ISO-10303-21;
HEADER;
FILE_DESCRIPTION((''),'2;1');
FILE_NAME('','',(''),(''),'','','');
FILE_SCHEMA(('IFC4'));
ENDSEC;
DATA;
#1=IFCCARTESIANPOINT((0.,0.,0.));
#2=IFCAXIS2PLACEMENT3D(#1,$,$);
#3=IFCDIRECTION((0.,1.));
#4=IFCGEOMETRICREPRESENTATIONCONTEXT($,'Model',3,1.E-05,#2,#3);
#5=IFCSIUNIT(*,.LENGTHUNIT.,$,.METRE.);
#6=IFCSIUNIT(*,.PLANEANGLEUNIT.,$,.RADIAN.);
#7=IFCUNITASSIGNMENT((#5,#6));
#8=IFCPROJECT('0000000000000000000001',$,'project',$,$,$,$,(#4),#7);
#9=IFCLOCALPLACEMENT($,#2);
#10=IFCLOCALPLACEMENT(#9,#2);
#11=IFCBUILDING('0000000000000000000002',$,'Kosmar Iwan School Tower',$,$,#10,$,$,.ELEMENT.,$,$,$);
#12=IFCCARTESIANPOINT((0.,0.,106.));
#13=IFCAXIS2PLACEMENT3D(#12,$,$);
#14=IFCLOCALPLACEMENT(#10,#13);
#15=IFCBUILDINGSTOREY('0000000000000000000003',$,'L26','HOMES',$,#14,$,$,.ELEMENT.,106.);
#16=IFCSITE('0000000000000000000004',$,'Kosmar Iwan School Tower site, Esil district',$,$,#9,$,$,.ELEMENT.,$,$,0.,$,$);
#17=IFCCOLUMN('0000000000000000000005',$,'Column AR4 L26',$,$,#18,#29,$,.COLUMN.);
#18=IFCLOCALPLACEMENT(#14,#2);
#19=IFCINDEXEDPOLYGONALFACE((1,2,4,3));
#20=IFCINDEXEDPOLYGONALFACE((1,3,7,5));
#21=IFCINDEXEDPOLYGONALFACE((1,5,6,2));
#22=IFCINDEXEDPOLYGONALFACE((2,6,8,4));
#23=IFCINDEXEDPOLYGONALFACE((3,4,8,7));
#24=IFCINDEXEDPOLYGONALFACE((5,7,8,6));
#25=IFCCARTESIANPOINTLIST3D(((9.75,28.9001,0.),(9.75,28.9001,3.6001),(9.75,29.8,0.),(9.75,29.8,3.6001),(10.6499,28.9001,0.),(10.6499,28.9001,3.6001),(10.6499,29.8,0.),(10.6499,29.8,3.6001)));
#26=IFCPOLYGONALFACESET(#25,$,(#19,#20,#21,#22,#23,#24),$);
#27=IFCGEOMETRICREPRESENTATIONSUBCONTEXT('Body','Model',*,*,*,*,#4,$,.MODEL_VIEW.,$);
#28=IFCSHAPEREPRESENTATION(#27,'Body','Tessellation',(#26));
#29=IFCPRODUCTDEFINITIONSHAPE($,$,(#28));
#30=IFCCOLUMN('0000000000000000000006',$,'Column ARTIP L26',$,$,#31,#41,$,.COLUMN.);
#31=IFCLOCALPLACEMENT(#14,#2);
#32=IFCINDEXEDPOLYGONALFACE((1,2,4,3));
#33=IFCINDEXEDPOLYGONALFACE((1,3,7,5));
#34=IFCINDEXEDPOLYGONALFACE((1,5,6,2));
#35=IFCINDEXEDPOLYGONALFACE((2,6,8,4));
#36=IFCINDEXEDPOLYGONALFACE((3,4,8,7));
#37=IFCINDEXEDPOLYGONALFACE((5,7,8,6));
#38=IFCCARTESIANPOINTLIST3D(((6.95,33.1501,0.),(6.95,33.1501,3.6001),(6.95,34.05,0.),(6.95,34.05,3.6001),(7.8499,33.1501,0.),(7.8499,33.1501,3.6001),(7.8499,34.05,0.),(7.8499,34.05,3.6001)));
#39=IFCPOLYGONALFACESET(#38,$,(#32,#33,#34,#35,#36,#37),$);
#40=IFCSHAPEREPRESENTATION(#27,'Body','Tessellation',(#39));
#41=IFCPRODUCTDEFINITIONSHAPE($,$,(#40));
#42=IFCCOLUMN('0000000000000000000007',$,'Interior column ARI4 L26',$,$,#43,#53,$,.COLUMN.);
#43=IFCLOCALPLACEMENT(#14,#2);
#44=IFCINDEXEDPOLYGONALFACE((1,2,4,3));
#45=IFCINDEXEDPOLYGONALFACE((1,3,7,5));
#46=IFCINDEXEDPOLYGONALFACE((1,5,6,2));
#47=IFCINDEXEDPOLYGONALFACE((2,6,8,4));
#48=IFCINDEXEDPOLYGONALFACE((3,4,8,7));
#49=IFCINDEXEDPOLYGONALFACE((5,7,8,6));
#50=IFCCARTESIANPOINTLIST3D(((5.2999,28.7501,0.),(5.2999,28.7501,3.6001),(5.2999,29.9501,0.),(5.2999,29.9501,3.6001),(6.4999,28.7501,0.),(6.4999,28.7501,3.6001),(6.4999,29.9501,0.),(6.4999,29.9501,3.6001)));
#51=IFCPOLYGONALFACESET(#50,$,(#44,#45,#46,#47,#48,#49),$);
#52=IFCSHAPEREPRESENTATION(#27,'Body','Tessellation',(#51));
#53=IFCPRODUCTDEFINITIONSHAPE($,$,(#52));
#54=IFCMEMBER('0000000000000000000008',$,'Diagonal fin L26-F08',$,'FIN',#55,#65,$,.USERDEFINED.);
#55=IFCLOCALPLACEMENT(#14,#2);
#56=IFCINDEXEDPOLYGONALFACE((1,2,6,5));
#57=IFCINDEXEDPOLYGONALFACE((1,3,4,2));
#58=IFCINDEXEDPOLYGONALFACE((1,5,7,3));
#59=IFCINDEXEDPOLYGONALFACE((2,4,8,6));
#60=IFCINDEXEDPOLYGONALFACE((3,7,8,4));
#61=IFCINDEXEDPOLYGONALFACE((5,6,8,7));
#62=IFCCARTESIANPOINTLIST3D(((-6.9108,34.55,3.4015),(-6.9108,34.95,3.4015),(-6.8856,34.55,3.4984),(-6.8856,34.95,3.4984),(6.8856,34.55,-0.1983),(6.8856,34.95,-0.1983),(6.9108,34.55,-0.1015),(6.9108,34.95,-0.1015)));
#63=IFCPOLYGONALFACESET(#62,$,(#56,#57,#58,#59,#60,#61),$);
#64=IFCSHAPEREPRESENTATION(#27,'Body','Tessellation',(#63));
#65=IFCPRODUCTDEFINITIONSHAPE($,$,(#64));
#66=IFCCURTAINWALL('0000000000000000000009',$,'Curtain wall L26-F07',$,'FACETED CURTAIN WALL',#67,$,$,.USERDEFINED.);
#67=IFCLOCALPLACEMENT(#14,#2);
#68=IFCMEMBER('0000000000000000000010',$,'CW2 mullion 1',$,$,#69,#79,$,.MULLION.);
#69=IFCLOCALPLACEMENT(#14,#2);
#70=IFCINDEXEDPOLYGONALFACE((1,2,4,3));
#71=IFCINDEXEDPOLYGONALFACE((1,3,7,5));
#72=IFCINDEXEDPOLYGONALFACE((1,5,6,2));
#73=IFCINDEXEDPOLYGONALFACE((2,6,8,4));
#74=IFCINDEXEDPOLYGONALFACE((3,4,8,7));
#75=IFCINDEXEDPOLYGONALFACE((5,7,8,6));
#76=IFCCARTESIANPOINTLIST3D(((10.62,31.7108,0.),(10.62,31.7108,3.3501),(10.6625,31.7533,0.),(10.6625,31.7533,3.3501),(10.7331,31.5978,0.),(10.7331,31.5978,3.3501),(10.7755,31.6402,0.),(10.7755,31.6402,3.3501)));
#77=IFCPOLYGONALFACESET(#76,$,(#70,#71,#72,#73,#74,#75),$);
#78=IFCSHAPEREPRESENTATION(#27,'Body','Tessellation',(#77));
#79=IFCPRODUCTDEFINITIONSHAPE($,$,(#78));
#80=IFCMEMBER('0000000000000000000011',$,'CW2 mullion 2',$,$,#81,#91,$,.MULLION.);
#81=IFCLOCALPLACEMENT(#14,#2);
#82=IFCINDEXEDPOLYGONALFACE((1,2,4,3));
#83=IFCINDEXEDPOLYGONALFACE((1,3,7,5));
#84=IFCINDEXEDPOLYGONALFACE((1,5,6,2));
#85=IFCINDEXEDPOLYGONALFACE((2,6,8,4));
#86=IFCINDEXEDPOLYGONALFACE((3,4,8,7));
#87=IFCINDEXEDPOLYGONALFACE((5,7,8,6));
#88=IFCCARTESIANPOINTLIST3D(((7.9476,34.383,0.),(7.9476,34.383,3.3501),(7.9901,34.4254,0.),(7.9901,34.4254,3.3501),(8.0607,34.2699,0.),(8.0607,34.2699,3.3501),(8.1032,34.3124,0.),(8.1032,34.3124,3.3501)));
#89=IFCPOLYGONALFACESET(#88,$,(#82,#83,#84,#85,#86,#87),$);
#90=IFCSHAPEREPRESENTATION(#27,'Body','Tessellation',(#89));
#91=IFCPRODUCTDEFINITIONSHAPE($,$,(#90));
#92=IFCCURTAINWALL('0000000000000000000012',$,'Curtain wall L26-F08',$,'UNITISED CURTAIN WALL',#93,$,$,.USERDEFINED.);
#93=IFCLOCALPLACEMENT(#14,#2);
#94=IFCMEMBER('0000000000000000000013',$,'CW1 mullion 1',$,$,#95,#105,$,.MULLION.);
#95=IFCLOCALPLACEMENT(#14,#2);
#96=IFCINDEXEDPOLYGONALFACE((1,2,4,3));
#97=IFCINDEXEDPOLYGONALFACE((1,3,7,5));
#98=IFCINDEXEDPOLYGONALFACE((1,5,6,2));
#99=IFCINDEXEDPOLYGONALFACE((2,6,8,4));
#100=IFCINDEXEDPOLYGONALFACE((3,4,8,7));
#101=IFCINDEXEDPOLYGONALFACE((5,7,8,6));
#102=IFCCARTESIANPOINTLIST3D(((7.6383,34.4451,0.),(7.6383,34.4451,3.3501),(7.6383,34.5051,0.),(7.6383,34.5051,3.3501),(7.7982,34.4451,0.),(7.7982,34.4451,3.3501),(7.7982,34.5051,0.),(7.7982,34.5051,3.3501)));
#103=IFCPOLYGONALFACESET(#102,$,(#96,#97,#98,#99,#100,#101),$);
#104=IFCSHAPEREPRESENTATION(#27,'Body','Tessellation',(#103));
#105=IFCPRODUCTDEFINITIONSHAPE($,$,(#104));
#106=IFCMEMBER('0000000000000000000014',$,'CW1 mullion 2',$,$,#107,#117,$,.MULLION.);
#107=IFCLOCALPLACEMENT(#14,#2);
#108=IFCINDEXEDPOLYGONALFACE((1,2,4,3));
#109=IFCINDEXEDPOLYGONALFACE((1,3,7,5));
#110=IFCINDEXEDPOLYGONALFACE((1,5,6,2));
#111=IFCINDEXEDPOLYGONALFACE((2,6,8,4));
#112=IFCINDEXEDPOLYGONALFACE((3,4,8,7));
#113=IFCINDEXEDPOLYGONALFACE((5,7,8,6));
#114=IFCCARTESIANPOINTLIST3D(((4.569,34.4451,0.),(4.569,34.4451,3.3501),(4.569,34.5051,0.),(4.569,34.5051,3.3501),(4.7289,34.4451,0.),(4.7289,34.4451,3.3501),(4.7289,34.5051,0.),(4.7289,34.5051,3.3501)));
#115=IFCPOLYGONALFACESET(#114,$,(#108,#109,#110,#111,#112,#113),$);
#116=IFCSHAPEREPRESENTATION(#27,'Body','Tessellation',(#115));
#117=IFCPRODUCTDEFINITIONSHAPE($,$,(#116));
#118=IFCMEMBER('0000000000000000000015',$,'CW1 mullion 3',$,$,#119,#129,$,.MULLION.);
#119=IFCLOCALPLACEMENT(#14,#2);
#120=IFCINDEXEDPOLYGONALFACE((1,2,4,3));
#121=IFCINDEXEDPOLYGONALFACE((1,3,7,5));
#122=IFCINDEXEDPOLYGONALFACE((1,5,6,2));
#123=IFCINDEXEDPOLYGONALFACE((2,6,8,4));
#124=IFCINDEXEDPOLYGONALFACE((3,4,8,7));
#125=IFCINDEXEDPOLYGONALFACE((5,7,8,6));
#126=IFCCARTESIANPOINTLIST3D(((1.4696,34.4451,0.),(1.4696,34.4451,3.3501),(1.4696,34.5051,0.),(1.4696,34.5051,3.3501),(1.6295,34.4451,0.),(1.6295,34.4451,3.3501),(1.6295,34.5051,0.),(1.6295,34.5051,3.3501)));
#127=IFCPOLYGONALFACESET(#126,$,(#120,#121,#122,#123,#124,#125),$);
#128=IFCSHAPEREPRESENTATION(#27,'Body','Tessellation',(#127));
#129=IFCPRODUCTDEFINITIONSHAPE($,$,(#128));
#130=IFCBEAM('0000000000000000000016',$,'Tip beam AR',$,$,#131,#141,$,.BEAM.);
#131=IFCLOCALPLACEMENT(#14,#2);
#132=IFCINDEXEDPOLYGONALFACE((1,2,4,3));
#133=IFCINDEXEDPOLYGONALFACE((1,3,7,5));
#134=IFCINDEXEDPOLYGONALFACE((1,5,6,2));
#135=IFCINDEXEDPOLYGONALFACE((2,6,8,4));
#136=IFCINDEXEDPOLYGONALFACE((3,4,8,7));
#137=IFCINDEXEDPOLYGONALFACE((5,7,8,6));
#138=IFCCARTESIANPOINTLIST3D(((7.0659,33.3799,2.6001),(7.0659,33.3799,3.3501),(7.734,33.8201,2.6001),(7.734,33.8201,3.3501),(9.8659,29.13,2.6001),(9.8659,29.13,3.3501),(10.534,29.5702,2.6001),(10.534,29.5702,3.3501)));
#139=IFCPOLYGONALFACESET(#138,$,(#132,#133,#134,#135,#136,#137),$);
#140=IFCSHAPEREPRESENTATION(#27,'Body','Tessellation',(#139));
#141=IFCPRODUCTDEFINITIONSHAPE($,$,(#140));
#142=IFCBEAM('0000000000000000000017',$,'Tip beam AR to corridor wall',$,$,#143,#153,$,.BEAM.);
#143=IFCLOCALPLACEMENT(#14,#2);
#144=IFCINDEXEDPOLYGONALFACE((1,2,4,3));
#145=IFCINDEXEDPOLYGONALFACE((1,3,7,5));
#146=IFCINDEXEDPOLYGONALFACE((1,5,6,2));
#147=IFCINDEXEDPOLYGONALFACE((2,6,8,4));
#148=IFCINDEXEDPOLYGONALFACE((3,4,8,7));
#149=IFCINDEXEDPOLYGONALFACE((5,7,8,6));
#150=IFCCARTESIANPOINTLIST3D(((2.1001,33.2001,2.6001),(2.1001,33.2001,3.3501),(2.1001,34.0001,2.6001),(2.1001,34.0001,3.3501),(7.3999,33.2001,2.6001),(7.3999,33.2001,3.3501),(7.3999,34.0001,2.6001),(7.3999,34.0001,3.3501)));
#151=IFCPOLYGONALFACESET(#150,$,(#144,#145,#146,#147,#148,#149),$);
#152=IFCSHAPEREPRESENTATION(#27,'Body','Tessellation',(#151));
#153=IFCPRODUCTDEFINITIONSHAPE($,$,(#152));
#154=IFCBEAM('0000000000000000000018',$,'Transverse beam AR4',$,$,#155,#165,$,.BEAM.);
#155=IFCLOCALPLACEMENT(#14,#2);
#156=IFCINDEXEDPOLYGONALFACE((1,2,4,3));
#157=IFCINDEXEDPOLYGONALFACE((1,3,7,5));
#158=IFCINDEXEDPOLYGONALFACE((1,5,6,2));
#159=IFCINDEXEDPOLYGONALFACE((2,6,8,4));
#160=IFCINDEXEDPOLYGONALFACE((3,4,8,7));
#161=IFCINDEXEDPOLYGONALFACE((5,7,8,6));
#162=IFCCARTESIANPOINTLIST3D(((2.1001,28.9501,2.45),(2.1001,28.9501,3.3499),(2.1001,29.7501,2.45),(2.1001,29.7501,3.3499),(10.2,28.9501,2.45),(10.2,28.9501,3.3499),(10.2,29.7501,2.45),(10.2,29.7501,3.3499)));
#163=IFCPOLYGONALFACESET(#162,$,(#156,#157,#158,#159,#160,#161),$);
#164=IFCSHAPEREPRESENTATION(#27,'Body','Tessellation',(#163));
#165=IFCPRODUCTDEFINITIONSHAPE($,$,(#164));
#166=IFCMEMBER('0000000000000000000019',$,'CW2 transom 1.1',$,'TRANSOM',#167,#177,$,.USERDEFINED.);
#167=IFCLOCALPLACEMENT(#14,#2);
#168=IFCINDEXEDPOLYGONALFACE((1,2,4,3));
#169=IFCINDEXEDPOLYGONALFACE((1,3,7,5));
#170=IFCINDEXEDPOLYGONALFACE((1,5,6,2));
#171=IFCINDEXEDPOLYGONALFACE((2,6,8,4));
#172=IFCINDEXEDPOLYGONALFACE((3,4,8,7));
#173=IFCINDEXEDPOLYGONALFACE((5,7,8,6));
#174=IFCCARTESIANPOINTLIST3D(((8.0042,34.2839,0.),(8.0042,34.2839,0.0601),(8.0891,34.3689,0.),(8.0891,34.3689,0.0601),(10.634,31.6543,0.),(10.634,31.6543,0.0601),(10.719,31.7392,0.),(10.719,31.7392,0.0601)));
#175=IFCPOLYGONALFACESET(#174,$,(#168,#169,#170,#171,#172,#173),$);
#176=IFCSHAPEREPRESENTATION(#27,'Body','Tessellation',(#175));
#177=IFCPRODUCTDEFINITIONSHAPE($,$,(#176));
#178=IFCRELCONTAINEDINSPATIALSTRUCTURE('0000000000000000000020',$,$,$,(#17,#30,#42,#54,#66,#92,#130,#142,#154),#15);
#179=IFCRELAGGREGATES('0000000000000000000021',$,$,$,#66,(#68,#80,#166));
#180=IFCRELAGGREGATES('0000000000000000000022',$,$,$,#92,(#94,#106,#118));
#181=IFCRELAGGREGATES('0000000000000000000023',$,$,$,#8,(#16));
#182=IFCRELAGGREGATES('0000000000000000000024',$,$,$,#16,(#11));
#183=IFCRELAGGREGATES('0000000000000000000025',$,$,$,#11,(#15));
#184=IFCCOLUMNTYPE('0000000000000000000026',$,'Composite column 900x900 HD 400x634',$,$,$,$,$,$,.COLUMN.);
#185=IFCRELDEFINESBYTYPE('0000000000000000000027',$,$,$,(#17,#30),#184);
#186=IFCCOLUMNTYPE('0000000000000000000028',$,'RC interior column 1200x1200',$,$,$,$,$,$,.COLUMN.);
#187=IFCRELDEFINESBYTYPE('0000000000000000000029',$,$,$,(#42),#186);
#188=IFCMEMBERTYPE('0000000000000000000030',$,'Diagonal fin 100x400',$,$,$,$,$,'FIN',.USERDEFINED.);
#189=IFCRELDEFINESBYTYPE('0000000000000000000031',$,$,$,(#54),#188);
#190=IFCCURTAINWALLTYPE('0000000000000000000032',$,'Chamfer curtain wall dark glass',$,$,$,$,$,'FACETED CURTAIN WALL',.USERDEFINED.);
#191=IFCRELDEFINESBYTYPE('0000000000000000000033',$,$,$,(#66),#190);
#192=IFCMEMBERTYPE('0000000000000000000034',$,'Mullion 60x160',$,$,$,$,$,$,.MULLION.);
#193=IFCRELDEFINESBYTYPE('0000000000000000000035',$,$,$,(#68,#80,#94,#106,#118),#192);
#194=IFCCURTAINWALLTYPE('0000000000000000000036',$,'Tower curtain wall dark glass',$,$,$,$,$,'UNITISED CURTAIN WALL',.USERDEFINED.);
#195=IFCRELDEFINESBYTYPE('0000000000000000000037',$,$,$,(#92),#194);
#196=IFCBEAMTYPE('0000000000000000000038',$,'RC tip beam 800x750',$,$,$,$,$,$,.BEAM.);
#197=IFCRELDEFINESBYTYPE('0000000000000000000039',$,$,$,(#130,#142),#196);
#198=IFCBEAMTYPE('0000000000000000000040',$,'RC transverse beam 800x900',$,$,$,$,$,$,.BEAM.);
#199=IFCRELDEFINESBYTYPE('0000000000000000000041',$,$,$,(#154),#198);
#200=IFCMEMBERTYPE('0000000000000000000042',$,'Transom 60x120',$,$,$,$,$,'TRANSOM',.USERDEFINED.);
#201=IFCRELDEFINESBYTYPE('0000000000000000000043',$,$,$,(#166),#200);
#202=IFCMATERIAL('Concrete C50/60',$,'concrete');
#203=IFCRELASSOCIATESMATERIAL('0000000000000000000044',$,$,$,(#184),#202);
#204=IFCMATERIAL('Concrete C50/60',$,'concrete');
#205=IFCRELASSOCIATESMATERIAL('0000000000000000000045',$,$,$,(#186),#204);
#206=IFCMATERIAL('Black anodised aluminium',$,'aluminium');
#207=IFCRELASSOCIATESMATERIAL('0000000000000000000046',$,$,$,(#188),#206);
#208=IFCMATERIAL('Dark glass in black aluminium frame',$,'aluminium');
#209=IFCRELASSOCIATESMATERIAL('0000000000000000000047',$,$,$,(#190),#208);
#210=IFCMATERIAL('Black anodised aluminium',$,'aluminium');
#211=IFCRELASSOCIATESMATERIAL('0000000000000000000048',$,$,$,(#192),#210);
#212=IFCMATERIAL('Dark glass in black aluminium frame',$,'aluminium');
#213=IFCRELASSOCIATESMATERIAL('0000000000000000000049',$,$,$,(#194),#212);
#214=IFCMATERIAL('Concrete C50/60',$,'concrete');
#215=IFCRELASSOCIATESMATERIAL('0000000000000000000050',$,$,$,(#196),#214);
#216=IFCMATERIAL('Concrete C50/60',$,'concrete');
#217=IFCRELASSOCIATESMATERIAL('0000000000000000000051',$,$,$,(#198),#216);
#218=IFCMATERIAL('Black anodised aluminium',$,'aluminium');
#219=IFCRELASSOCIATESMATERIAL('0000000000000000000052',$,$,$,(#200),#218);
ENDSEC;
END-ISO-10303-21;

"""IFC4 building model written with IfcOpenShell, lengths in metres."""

from ifc_helpers import new_model, si_unit, direction, frame, origin, origin_2d, place, context, subcontext, project, spatial, rectangle, extrude, material, material_profile, profile_set, type_object, element, aggregate, save


model = new_model("IFC4")

# Units and contexts
model_context = context("Model", 3, precision=1e-05, world=origin(), true_north=direction((0.0, 1.0)))
body_context = subcontext(model_context, "Body", "Model", "MODEL_VIEW")
ifc_project = project(units=[si_unit("LENGTHUNIT", "METRE"), si_unit("PLANEANGLEUNIT", "RADIAN")], contexts=[model_context])

# Site, building, storey
site_placement = place(None, origin())
site = spatial("IfcSite", under=ifc_project, at=site_placement, Name="Kosmar Iwan School Tower site, Esil district", CompositionType="ELEMENT", RefElevation=0.0)
building_placement = place(site_placement, origin())
building = spatial("IfcBuilding", under=site, at=building_placement, Name="Kosmar Iwan School Tower", CompositionType="ELEMENT")
storey_placement = place(building_placement, frame((0.0, 0.0, 106.0)))
storey = spatial("IfcBuildingStorey", under=building, at=storey_placement, Name="L26", Description="HOMES", CompositionType="ELEMENT", Elevation=106.0)

# Columns
ifc_material_1 = material(Name="Concrete C50/60", Category="concrete")
ifc_material_profile_1 = material_profile(ifc_material_1, rectangle(XDim=0.8999, YDim=0.8999, at=origin_2d()), Name="RC 900x900 + HD 400x634")
ifc_profile_set_1 = profile_set([ifc_material_profile_1], Name="Concrete C50/60")
column_type_1 = type_object("IfcColumnType", Name="Composite column 900x900 HD 400x634", PredefinedType="COLUMN", material=ifc_profile_set_1)
for number, where, z_axis, x_axis, name in (
    (1, (10.2, 29.3501, 0.0), (0.0, 0.0, 1.0), (0.0, 1.0, 0.0), "Column AR4 L26"),
    (2, (7.3999, 33.6001, 0.0), (0.0, 0.0, 1.0), (0.0, 1.0, 0.0), "Column ARTIP L26"),
):
    element("IfcColumn", number, at=place(storey_placement, frame(where, z_axis=z_axis, x_axis=x_axis)), inside=storey, type_object=column_type_1, Name=name, PredefinedType="COLUMN", context=body_context, shape_type="SweptSolid", body=[
        extrude(rectangle(XDim=0.8999, YDim=0.8999, at=origin_2d()), origin(), (0.0, 0.0, 1.0), 3.6001),
    ])
ifc_material_2 = material(Name="Concrete C50/60", Category="concrete")
ifc_material_profile_2 = material_profile(ifc_material_2, rectangle(XDim=1.2, YDim=1.2, at=origin_2d()), Name="RC 1200x1200")
ifc_profile_set_2 = profile_set([ifc_material_profile_2], Name="Concrete C50/60")
column_type_2 = type_object("IfcColumnType", Name="RC interior column 1200x1200", PredefinedType="COLUMN", material=ifc_profile_set_2)
column_placement = place(storey_placement, frame((5.8999, 29.3501, 0.0), z_axis=(0.0, 0.0, 1.0), x_axis=(0.0, 1.0, 0.0)))
element("IfcColumn", 3, at=column_placement, inside=storey, type_object=column_type_2, Name="Interior column ARI4 L26", PredefinedType="COLUMN", context=body_context, shape_type="SweptSolid", body=[
    extrude(rectangle(XDim=1.2, YDim=1.2, at=origin_2d()), origin(), (0.0, 0.0, 1.0), 3.6001),
])

# Member
ifc_material_3 = material(Name="Black anodised aluminium", Category="aluminium")
ifc_material_profile_3 = material_profile(ifc_material_3, rectangle(XDim=0.1001, YDim=0.3999, at=origin_2d()), Name="FIN 100x400")
ifc_profile_set_3 = profile_set([ifc_material_profile_3], Name="Black anodised aluminium")
member_type_1 = type_object("IfcMemberType", Name="Diagonal fin 100x400", ElementType="FIN", PredefinedType="USERDEFINED", material=ifc_profile_set_3)
member_1_placement = place(storey_placement, frame((6.8982, 34.75, -0.1499), z_axis=(-0.967604, 0.0, 0.252474), x_axis=(0.252474, 0.0, 0.967604)))
element("IfcMember", 4, at=member_1_placement, inside=storey, type_object=member_type_1, Name="Diagonal fin L26-F08", ObjectType="FIN", PredefinedType="USERDEFINED", context=body_context, shape_type="SweptSolid", body=[
    extrude(rectangle(XDim=0.1001, YDim=0.3999, at=origin_2d()), origin(), (0.0, 0.0, 1.0), 14.2583),
])

# Curtain walls, members
ifc_material_4 = material(Name="Dark glass in black aluminium frame", Category="aluminium")
curtain_wall_type_1 = type_object("IfcCurtainWallType", Name="Chamfer curtain wall dark glass", ElementType="FACETED CURTAIN WALL", PredefinedType="USERDEFINED", material=ifc_material_4)
curtain_wall_1_placement = place(storey_placement, origin())
curtain_wall_1 = element("IfcCurtainWall", 5, at=curtain_wall_1_placement, inside=storey, type_object=curtain_wall_type_1, Name="Curtain wall L26-F07", ObjectType="FACETED CURTAIN WALL", PredefinedType="USERDEFINED")
ifc_material_5 = material(Name="Black anodised aluminium", Category="aluminium")
ifc_material_profile_4 = material_profile(ifc_material_5, rectangle(XDim=0.0601, YDim=0.1599, at=origin_2d()), Name="MULLION 60x160")
ifc_profile_set_4 = profile_set([ifc_material_profile_4], Name="Black anodised aluminium")
member_type_2 = type_object("IfcMemberType", Name="Mullion 60x160", PredefinedType="MULLION", material=ifc_profile_set_4)
member_2_placement = place(storey_placement, frame((10.6978, 31.6755, 0.0), z_axis=(0.0, 0.0, 1.0), x_axis=(-0.707107, -0.707107, 0.0)))
member_2 = element("IfcMember", 6, at=member_2_placement, type_object=member_type_2, Name="CW2 mullion 1", PredefinedType="MULLION", context=body_context, shape_type="SweptSolid", body=[
    extrude(rectangle(XDim=0.0601, YDim=0.1599, at=origin_2d()), origin(), (0.0, 0.0, 1.0), 3.3501),
])
member_3_placement = place(storey_placement, frame((8.0254, 34.3477, 0.0), z_axis=(0.0, 0.0, 1.0), x_axis=(-0.707107, -0.707107, 0.0)))
member_3 = element("IfcMember", 7, at=member_3_placement, type_object=member_type_2, Name="CW2 mullion 2", PredefinedType="MULLION", context=body_context, shape_type="SweptSolid", body=[
    extrude(rectangle(XDim=0.0601, YDim=0.1599, at=origin_2d()), origin(), (0.0, 0.0, 1.0), 3.3501),
])
ifc_material_6 = material(Name="Dark glass in black aluminium frame", Category="aluminium")
curtain_wall_type_2 = type_object("IfcCurtainWallType", Name="Tower curtain wall dark glass", ElementType="UNITISED CURTAIN WALL", PredefinedType="USERDEFINED", material=ifc_material_6)
curtain_wall_2_placement = place(storey_placement, origin())
curtain_wall_2 = element("IfcCurtainWall", 8, at=curtain_wall_2_placement, inside=storey, type_object=curtain_wall_type_2, Name="Curtain wall L26-F08", ObjectType="UNITISED CURTAIN WALL", PredefinedType="USERDEFINED")
member_4_placement = place(storey_placement, frame((7.7183, 34.4751, 0.0), z_axis=(0.0, 0.0, 1.0), x_axis=(0.0, -1.0, 0.0)))
member_4 = element("IfcMember", 9, at=member_4_placement, type_object=member_type_2, Name="CW1 mullion 1", PredefinedType="MULLION", context=body_context, shape_type="SweptSolid", body=[
    extrude(rectangle(XDim=0.0601, YDim=0.1599, at=origin_2d()), origin(), (0.0, 0.0, 1.0), 3.3501),
])
member_5_placement = place(storey_placement, frame((4.6489, 34.4751, 0.0), z_axis=(0.0, 0.0, 1.0), x_axis=(0.0, -1.0, 0.0)))
member_5 = element("IfcMember", 10, at=member_5_placement, type_object=member_type_2, Name="CW1 mullion 2", PredefinedType="MULLION", context=body_context, shape_type="SweptSolid", body=[
    extrude(rectangle(XDim=0.0601, YDim=0.1599, at=origin_2d()), origin(), (0.0, 0.0, 1.0), 3.3501),
])
member_6_placement = place(storey_placement, frame((1.5496, 34.4751, 0.0), z_axis=(0.0, 0.0, 1.0), x_axis=(0.0, -1.0, 0.0)))
member_6 = element("IfcMember", 11, at=member_6_placement, type_object=member_type_2, Name="CW1 mullion 3", PredefinedType="MULLION", context=body_context, shape_type="SweptSolid", body=[
    extrude(rectangle(XDim=0.0601, YDim=0.1599, at=origin_2d()), origin(), (0.0, 0.0, 1.0), 3.3501),
])

# Beams
ifc_material_7 = material(Name="Concrete C50/60", Category="concrete")
ifc_material_profile_5 = material_profile(ifc_material_7, rectangle(XDim=0.8, YDim=0.75, at=origin_2d()), Name="RC 800x750")
ifc_profile_set_5 = profile_set([ifc_material_profile_5], Name="Concrete C50/60")
beam_type_1 = type_object("IfcBeamType", Name="RC tip beam 800x750", PredefinedType="BEAM", material=ifc_profile_set_5)
beam_1_placement = place(storey_placement, frame((10.2, 29.3501, 2.9751), z_axis=(-0.550164, 0.835056, 0.0), x_axis=(-0.835056, -0.550164, 0.0)))
element("IfcBeam", 12, at=beam_1_placement, inside=storey, type_object=beam_type_1, Name="Tip beam AR", PredefinedType="BEAM", context=body_context, shape_type="SweptSolid", body=[
    extrude(rectangle(XDim=0.8, YDim=0.75, at=origin_2d()), origin(), (0.0, 0.0, 1.0), 5.0894),
])
beam_2_placement = place(storey_placement, frame((7.3999, 33.6001, 2.9751), z_axis=(-1.0, 0.0, 0.0), x_axis=(0.0, -1.0, 0.0)))
element("IfcBeam", 13, at=beam_2_placement, inside=storey, type_object=beam_type_1, Name="Tip beam AR to corridor wall", PredefinedType="BEAM", context=body_context, shape_type="SweptSolid", body=[
    extrude(rectangle(XDim=0.8, YDim=0.75, at=origin_2d()), origin(), (0.0, 0.0, 1.0), 5.2998),
])
ifc_material_8 = material(Name="Concrete C50/60", Category="concrete")
ifc_material_profile_6 = material_profile(ifc_material_8, rectangle(XDim=0.8, YDim=0.8999, at=origin_2d()), Name="RC 800x900")
ifc_profile_set_6 = profile_set([ifc_material_profile_6], Name="Concrete C50/60")
beam_type_2 = type_object("IfcBeamType", Name="RC transverse beam 800x900", PredefinedType="BEAM", material=ifc_profile_set_6)
beam_3_placement = place(storey_placement, frame((10.2, 29.3501, 2.8999), z_axis=(-1.0, 0.0, 0.0), x_axis=(0.0, -1.0, 0.0)))
element("IfcBeam", 14, at=beam_3_placement, inside=storey, type_object=beam_type_2, Name="Transverse beam AR4", PredefinedType="BEAM", context=body_context, shape_type="SweptSolid", body=[
    extrude(rectangle(XDim=0.8, YDim=0.8999, at=origin_2d()), origin(), (0.0, 0.0, 1.0), 8.0999),
])

# Member
ifc_material_9 = material(Name="Black anodised aluminium", Category="aluminium")
ifc_material_profile_7 = material_profile(ifc_material_9, rectangle(XDim=0.1201, YDim=0.0601, at=origin_2d()), Name="TRANSOM 60x120")
ifc_profile_set_7 = profile_set([ifc_material_profile_7], Name="Black anodised aluminium")
member_type_3 = type_object("IfcMemberType", Name="Transom 60x120", ElementType="TRANSOM", PredefinedType="USERDEFINED", material=ifc_profile_set_7)
member_7_placement = place(storey_placement, frame((10.6765, 31.6968, 0.03), z_axis=(-0.70714, 0.707074, 0.0), x_axis=(-0.707074, -0.70714, 0.0)))
member_7 = element("IfcMember", 15, at=member_7_placement, type_object=member_type_3, Name="CW2 transom 1.1", ObjectType="TRANSOM", PredefinedType="USERDEFINED", context=body_context, shape_type="SweptSolid", body=[
    extrude(rectangle(XDim=0.1201, YDim=0.0601, at=origin_2d()), origin(), (0.0, 0.0, 1.0), 3.719),
])

aggregate(curtain_wall_1, [member_2, member_3, member_7])
aggregate(curtain_wall_2, [member_4, member_5, member_6])

save(model, "model.ifc")
